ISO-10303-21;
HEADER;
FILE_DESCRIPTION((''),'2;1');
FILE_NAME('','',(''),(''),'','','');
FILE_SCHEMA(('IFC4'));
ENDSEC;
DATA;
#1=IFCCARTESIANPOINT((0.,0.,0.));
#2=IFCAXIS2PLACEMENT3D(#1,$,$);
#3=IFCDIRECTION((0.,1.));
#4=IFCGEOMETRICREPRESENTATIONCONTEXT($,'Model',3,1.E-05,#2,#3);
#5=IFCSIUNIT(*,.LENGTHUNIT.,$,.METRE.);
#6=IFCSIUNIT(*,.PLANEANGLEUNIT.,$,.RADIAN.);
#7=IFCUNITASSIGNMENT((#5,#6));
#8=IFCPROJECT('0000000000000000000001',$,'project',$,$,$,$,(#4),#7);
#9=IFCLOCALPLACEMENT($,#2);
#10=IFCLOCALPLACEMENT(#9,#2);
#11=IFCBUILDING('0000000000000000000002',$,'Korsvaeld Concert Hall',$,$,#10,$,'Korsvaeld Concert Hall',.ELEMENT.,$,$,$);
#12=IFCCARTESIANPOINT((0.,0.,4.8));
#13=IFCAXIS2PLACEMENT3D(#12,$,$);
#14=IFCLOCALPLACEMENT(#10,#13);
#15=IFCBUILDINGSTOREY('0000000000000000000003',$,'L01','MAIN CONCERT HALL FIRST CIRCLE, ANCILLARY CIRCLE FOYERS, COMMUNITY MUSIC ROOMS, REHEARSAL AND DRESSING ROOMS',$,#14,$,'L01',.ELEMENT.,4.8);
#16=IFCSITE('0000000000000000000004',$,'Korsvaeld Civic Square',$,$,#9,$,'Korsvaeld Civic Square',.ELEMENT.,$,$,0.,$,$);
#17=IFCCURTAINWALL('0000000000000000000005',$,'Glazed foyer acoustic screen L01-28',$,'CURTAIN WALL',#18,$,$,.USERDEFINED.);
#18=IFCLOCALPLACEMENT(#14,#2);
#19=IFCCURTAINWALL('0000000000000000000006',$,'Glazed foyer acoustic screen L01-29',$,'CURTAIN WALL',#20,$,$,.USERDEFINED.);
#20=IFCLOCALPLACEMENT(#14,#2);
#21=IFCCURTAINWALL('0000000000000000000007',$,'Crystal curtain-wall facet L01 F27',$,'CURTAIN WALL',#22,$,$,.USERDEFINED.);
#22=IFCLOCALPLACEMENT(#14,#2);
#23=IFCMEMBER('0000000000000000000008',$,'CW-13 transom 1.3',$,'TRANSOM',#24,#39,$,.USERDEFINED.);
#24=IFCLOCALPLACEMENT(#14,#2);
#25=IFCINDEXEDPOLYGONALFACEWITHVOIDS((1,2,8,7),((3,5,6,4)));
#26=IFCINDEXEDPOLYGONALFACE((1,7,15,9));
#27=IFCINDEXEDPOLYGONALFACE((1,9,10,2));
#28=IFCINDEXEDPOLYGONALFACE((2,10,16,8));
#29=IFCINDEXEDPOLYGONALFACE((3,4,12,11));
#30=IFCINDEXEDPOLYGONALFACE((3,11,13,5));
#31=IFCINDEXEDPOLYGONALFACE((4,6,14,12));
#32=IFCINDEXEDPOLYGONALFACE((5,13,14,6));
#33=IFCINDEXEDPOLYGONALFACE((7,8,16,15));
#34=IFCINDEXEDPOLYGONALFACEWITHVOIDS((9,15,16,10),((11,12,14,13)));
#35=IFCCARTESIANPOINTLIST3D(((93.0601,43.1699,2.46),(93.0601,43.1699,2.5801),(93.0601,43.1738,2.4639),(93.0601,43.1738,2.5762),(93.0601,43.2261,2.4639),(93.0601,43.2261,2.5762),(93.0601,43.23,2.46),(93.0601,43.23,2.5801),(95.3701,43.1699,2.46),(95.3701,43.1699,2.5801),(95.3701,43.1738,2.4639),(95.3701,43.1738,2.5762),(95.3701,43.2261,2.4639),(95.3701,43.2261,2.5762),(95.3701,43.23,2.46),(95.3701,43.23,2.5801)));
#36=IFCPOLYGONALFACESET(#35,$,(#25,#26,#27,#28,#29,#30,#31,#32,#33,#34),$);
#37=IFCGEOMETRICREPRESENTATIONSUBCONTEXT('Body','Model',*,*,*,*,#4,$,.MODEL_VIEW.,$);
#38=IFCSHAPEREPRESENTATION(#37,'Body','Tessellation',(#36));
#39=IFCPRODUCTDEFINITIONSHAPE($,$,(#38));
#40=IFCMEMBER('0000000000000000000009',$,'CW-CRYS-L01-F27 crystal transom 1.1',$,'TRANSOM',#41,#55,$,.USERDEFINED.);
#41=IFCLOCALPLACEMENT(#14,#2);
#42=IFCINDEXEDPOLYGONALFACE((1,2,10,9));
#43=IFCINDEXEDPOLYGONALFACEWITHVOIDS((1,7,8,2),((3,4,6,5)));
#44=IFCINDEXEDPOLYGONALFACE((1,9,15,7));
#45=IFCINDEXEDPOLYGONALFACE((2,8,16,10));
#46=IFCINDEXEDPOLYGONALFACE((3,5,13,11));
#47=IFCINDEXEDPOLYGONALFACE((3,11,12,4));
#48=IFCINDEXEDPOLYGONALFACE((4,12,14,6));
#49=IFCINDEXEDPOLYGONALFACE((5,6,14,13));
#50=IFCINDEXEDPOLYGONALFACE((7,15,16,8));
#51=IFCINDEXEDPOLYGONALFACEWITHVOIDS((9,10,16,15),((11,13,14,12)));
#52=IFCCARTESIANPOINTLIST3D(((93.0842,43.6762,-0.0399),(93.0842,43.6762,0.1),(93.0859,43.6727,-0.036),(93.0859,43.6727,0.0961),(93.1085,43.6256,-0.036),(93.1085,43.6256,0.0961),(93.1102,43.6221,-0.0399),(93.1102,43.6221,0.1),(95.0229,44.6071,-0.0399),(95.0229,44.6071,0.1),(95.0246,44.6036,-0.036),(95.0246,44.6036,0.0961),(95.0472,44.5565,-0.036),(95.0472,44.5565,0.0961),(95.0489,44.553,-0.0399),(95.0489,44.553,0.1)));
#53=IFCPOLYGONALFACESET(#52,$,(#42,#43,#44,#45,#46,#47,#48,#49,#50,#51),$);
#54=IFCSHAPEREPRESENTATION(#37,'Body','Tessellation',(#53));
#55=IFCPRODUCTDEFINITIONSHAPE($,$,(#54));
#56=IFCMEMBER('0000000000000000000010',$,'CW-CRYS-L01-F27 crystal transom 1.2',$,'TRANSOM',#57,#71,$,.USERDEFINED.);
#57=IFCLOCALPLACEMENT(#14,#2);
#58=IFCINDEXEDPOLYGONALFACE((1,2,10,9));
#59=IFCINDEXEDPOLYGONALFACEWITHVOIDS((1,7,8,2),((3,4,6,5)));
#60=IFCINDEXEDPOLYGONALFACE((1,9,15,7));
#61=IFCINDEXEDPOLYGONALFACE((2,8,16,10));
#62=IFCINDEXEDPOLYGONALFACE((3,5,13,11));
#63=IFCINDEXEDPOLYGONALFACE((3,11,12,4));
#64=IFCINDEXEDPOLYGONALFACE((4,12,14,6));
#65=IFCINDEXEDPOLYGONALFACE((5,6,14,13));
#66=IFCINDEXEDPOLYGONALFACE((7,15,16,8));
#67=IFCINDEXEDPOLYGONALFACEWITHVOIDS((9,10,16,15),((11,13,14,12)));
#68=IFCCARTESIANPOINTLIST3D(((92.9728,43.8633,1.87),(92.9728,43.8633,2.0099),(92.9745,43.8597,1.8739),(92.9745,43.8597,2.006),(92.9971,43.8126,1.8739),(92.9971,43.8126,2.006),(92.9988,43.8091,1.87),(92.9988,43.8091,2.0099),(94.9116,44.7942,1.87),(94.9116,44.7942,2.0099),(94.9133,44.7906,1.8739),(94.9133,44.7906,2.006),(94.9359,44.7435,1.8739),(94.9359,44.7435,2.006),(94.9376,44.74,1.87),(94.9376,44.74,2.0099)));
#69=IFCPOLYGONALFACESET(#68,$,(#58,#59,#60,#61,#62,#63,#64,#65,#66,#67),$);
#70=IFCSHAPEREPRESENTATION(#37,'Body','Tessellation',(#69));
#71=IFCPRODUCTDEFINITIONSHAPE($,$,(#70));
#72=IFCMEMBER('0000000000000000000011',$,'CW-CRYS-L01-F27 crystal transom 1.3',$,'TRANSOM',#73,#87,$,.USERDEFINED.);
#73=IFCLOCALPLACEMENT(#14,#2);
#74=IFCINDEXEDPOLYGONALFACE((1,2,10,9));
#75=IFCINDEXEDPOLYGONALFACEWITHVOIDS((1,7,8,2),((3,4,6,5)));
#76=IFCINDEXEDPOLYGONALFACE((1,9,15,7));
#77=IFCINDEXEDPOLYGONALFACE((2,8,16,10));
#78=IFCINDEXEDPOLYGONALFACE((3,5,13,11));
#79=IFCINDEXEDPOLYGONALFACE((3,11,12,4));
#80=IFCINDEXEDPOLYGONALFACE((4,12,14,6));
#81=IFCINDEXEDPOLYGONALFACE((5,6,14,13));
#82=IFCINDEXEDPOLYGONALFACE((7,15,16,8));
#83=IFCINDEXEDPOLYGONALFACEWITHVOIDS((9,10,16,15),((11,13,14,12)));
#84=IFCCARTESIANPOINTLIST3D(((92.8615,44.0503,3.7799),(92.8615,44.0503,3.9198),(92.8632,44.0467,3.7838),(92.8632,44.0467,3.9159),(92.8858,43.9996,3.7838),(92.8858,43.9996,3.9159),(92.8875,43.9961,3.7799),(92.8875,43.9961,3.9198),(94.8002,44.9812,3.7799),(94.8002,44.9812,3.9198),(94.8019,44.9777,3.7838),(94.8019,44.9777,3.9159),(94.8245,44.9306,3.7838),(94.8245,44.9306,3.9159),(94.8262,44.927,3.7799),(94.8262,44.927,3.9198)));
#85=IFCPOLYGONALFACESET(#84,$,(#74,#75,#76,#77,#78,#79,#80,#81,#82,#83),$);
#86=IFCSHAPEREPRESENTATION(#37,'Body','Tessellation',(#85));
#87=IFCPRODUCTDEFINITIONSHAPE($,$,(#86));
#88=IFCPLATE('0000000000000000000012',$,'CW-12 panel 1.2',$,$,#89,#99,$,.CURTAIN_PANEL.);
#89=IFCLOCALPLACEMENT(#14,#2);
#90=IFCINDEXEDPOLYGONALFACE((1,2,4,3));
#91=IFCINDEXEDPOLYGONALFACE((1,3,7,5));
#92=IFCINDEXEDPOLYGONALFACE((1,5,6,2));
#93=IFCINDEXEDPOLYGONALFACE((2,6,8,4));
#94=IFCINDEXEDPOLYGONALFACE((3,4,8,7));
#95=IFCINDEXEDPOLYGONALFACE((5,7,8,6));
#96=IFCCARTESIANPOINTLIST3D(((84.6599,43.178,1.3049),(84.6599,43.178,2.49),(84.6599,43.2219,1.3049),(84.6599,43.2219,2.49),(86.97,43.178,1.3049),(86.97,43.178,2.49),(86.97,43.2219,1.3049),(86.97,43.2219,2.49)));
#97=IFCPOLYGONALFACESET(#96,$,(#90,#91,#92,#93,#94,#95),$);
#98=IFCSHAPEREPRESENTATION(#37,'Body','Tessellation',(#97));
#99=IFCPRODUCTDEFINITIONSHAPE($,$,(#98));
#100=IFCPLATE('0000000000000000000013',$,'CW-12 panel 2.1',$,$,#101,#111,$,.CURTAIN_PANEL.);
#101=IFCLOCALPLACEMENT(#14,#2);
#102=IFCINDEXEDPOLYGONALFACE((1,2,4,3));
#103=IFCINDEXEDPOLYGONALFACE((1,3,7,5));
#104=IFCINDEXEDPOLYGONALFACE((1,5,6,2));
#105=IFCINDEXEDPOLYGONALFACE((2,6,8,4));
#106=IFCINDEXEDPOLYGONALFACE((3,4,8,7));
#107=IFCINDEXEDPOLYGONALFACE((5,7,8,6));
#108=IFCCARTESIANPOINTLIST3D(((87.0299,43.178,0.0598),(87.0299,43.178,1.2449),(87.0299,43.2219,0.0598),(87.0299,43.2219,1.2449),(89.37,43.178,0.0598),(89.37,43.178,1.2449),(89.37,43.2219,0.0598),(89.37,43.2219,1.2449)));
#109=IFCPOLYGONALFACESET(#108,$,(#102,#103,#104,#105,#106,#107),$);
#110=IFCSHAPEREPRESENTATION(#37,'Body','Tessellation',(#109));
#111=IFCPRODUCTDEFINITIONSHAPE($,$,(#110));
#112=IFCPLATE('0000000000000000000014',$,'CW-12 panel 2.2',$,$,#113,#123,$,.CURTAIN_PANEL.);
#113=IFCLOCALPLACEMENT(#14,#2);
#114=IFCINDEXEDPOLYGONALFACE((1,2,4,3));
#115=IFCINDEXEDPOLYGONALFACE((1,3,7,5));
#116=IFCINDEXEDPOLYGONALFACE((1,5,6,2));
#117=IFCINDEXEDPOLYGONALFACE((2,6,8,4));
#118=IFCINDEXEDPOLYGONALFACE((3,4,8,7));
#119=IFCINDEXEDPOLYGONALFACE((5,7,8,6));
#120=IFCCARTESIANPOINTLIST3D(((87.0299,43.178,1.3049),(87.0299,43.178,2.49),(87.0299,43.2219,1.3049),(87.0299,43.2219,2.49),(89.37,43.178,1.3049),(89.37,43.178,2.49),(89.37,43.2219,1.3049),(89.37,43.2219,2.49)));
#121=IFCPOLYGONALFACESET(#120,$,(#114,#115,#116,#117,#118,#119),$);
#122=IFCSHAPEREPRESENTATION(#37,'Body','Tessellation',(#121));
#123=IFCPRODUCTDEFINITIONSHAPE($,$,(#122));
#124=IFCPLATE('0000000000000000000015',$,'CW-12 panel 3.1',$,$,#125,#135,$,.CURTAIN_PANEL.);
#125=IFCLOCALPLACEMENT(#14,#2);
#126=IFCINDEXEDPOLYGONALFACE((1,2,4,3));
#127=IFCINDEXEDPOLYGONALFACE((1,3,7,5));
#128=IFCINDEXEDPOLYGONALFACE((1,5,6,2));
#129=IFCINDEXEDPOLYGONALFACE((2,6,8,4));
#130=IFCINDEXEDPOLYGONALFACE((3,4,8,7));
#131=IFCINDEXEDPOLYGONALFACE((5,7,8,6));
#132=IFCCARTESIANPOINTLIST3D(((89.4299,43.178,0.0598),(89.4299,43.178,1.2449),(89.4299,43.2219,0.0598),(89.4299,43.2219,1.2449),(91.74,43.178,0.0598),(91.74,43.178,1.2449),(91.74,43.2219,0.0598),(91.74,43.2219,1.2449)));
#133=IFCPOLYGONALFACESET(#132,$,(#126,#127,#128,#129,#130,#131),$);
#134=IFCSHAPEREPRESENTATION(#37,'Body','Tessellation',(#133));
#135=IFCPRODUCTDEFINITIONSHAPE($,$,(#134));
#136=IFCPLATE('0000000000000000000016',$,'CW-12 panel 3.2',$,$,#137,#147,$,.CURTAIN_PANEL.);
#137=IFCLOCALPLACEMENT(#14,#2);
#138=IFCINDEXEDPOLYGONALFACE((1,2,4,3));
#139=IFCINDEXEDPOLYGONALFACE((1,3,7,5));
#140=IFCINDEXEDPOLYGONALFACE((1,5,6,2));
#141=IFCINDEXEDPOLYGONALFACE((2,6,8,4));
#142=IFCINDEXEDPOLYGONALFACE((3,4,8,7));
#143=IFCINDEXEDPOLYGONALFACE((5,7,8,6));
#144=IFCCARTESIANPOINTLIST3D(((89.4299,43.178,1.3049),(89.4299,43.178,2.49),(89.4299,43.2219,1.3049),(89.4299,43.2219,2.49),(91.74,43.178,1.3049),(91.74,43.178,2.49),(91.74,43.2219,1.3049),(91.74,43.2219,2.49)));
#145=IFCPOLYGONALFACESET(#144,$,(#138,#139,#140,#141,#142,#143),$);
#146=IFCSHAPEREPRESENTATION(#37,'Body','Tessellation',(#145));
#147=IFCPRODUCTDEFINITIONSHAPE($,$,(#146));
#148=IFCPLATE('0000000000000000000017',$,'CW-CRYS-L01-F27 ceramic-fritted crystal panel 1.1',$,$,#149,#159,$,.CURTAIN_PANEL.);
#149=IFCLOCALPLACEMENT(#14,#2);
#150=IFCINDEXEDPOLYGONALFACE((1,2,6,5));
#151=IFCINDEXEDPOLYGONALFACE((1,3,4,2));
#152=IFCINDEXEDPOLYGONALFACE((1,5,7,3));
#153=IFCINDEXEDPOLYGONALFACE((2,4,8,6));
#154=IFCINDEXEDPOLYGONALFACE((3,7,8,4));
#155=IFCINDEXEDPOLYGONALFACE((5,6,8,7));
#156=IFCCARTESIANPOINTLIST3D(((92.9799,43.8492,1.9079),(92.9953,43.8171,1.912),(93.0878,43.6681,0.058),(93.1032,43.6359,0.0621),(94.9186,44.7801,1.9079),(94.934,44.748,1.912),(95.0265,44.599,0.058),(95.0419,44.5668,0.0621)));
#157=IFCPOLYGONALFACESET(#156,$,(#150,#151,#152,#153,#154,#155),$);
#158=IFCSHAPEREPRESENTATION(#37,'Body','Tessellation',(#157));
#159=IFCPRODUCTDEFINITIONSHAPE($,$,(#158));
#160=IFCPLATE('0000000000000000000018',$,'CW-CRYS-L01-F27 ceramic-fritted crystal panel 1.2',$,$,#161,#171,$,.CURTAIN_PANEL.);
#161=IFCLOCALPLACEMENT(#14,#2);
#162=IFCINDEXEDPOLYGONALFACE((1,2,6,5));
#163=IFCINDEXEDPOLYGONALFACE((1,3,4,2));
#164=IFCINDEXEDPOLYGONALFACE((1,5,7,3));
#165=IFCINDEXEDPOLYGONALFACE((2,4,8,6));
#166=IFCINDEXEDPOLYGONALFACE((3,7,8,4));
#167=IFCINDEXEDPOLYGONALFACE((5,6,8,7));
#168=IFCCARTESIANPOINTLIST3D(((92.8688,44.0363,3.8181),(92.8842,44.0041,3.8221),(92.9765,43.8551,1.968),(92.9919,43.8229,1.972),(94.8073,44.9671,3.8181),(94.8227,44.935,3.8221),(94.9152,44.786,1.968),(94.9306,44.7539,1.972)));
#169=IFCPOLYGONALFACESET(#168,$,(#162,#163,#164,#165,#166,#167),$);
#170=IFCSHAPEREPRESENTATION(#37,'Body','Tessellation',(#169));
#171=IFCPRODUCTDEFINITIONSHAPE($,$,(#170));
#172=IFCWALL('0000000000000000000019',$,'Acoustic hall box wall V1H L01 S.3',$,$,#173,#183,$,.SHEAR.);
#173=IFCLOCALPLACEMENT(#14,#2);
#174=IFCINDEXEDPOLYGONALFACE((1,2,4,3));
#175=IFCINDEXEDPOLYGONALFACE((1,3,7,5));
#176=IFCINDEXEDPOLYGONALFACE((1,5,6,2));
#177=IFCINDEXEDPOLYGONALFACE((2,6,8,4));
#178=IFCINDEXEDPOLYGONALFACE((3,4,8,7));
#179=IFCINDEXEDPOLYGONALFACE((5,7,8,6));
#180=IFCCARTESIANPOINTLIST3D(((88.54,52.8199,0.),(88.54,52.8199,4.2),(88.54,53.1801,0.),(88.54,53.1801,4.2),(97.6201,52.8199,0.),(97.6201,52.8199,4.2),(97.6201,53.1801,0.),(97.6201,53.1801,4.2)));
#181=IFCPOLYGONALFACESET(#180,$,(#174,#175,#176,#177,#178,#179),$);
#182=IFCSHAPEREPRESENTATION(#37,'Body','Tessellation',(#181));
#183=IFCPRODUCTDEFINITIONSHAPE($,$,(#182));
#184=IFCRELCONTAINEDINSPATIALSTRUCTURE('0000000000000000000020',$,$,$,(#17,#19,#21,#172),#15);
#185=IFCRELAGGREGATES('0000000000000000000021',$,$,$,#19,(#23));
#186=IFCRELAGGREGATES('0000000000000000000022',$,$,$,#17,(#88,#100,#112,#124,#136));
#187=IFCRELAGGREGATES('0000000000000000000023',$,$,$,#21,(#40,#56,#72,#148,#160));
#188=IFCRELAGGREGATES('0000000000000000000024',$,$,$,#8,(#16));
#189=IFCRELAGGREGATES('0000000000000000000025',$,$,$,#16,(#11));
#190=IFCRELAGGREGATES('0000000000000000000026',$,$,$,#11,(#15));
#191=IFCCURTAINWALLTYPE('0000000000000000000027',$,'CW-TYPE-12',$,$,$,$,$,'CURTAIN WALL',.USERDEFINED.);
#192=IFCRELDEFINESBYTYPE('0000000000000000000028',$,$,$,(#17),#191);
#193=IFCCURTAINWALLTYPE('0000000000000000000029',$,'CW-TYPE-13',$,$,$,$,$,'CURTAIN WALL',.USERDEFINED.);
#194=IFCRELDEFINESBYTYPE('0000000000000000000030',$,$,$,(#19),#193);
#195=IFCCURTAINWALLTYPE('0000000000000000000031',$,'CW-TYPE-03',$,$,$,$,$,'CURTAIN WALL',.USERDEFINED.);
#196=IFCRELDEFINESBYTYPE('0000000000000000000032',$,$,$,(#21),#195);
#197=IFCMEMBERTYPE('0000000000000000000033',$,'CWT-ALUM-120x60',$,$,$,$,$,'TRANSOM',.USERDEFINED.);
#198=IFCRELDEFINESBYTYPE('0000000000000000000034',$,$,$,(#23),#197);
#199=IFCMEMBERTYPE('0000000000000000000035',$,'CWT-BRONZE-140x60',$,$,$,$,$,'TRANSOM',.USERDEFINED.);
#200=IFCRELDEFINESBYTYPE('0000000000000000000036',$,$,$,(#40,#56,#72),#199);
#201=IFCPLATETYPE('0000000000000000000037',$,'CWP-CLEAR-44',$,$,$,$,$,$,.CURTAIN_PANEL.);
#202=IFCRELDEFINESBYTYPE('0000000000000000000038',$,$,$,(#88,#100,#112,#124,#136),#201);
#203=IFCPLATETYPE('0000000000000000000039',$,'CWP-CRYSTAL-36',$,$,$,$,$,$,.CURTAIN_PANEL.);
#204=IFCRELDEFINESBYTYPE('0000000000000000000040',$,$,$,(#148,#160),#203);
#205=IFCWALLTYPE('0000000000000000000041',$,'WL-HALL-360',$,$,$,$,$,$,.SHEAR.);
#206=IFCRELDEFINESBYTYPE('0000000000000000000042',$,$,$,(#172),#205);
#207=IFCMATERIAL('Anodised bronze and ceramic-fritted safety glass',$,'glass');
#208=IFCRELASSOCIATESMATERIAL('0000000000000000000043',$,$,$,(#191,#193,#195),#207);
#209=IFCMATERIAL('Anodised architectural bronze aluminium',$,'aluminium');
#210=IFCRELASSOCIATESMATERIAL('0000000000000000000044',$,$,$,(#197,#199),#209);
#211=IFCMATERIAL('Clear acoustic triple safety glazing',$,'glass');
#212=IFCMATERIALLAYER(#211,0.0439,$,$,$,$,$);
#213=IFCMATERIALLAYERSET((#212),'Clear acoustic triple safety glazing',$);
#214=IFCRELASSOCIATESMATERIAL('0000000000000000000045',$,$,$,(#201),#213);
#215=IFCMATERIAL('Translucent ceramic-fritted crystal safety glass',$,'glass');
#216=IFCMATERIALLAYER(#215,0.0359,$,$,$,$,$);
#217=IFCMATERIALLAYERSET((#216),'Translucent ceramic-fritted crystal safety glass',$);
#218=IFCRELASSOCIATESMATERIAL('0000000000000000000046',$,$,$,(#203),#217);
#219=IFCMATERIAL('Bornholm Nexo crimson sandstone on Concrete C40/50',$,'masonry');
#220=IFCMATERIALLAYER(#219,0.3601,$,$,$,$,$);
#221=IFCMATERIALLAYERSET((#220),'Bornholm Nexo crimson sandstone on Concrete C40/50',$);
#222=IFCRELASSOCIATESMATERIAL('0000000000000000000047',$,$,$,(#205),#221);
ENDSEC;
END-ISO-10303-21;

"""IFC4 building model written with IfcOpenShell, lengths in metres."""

from ifc_helpers import new_model, si_unit, direction, frame, frame_2d, origin, origin_2d, place, context, subcontext, project, spatial, polyline, rectangle, hollow_rectangle, outline, extrude, material, layer, layer_set, material_profile, profile_set, type_object, element, aggregate, save


model = new_model("IFC4")

# Units and contexts
model_context = context("Model", 3, precision=1e-05, world=origin(), true_north=direction((0.0, 1.0)))
body_context = subcontext(model_context, "Body", "Model", "MODEL_VIEW")
ifc_project = project(units=[si_unit("LENGTHUNIT", "METRE"), si_unit("PLANEANGLEUNIT", "RADIAN")], contexts=[model_context])

# Site, building, storey
site_placement = place(None, origin())
site = spatial("IfcSite", under=ifc_project, at=site_placement, Name="Korsvaeld Civic Square", LongName="Korsvaeld Civic Square", CompositionType="ELEMENT", RefElevation=0.0)
building_placement = place(site_placement, origin())
building = spatial("IfcBuilding", under=site, at=building_placement, Name="Korsvaeld Concert Hall", LongName="Korsvaeld Concert Hall", CompositionType="ELEMENT")
storey_placement = place(building_placement, frame((0.0, 0.0, 4.8)))
storey = spatial("IfcBuildingStorey", under=building, at=storey_placement, Name="L01", Description="MAIN CONCERT HALL FIRST CIRCLE, ANCILLARY CIRCLE FOYERS, COMMUNITY MUSIC ROOMS, REHEARSAL AND DRESSING ROOMS", LongName="L01", CompositionType="ELEMENT", Elevation=4.8)

# Curtain wall
ifc_material_1 = material(Name="Anodised bronze and ceramic-fritted safety glass", Category="glass")
curtain_wall_type_1 = type_object("IfcCurtainWallType", Name="CW-TYPE-12", ElementType="CURTAIN WALL", PredefinedType="USERDEFINED", material=ifc_material_1)
curtain_wall_1_placement = place(storey_placement, origin())
curtain_wall_1 = element("IfcCurtainWall", 1, at=curtain_wall_1_placement, inside=storey, type_object=curtain_wall_type_1, Name="Glazed foyer acoustic screen L01-28", ObjectType="CURTAIN WALL", PredefinedType="USERDEFINED")
ifc_material_2 = material(Name="Anodised architectural bronze aluminium", Category="aluminium")

# Curtain walls
curtain_wall_type_2 = type_object("IfcCurtainWallType", Name="CW-TYPE-13", ElementType="CURTAIN WALL", PredefinedType="USERDEFINED", material=ifc_material_1)
curtain_wall_2_placement = place(storey_placement, origin())
curtain_wall_2 = element("IfcCurtainWall", 2, at=curtain_wall_2_placement, inside=storey, type_object=curtain_wall_type_2, Name="Glazed foyer acoustic screen L01-29", ObjectType="CURTAIN WALL", PredefinedType="USERDEFINED")
curtain_wall_type_3 = type_object("IfcCurtainWallType", Name="CW-TYPE-03", ElementType="CURTAIN WALL", PredefinedType="USERDEFINED", material=ifc_material_1)
curtain_wall_3_placement = place(storey_placement, origin())
curtain_wall_3 = element("IfcCurtainWall", 3, at=curtain_wall_3_placement, inside=storey, type_object=curtain_wall_type_3, Name="Crystal curtain-wall facet L01 F27", ObjectType="CURTAIN WALL", PredefinedType="USERDEFINED")

# Members
ifc_material_profile_1 = material_profile(ifc_material_2, hollow_rectangle(XDim=0.0601, YDim=0.1201, WallThickness=0.0039, at=origin_2d()), Name="CWT 120x60x4")
ifc_profile_set_1 = profile_set([ifc_material_profile_1], Name="Anodised architectural bronze aluminium")
member_type_1 = type_object("IfcMemberType", Name="CWT-ALUM-120x60", ElementType="TRANSOM", PredefinedType="USERDEFINED", material=ifc_profile_set_1)
member_1_placement = place(storey_placement, frame((93.0601, 43.2, 2.52), z_axis=(1.0, 0.0, 0.0), x_axis=(0.0, 1.0, 0.0)))
member_1 = element("IfcMember", 4, at=member_1_placement, type_object=member_type_1, Name="CW-13 transom 1.3", ObjectType="TRANSOM", PredefinedType="USERDEFINED", context=body_context, shape_type="SweptSolid", body=[
    extrude(hollow_rectangle(XDim=0.0601, YDim=0.1201, WallThickness=0.0039, at=origin_2d()), origin(), (0.0, 0.0, 1.0), 2.3101),
])
aggregate(curtain_wall_2, [member_1])
ifc_material_profile_2 = material_profile(ifc_material_2, hollow_rectangle(XDim=0.0601, YDim=0.1399, WallThickness=0.0039, at=origin_2d()), Name="CWT 140x60x4")
ifc_profile_set_2 = profile_set([ifc_material_profile_2], Name="Anodised architectural bronze aluminium")
member_type_2 = type_object("IfcMemberType", Name="CWT-BRONZE-140x60", ElementType="TRANSOM", PredefinedType="USERDEFINED", material=ifc_profile_set_2)
member_2_placement = place(storey_placement, frame((93.0972, 43.6492, 0.03), z_axis=(0.901465, 0.432853, 0.0), x_axis=(-0.432853, 0.901465, 0.0)))
member_2 = element("IfcMember", 5, at=member_2_placement, type_object=member_type_2, Name="CW-CRYS-L01-F27 crystal transom 1.1", ObjectType="TRANSOM", PredefinedType="USERDEFINED", context=body_context, shape_type="SweptSolid", body=[
    extrude(hollow_rectangle(XDim=0.0601, YDim=0.1399, WallThickness=0.0039, at=origin_2d()), origin(), (0.0, 0.0, 1.0), 2.1506),
])
member_3_placement = place(storey_placement, frame((92.9858, 43.8362, 1.9399), z_axis=(0.901465, 0.432853, 0.0), x_axis=(-0.432853, 0.901465, 0.0)))
member_3 = element("IfcMember", 6, at=member_3_placement, type_object=member_type_2, Name="CW-CRYS-L01-F27 crystal transom 1.2", ObjectType="TRANSOM", PredefinedType="USERDEFINED", context=body_context, shape_type="SweptSolid", body=[
    extrude(hollow_rectangle(XDim=0.0601, YDim=0.1399, WallThickness=0.0039, at=origin_2d()), origin(), (0.0, 0.0, 1.0), 2.1506),
])
member_4_placement = place(storey_placement, frame((92.8745, 44.0232, 3.8499), z_axis=(0.901465, 0.432853, 0.0), x_axis=(-0.432853, 0.901465, 0.0)))
member_4 = element("IfcMember", 7, at=member_4_placement, type_object=member_type_2, Name="CW-CRYS-L01-F27 crystal transom 1.3", ObjectType="TRANSOM", PredefinedType="USERDEFINED", context=body_context, shape_type="SweptSolid", body=[
    extrude(hollow_rectangle(XDim=0.0601, YDim=0.1399, WallThickness=0.0039, at=origin_2d()), origin(), (0.0, 0.0, 1.0), 2.1506),
])

# Plates
ifc_material_3 = material(Name="Clear acoustic triple safety glazing", Category="glass")
ifc_layer_1 = layer(ifc_material_3, 0.0439)
ifc_layer_set_1 = layer_set([ifc_layer_1], Name="Clear acoustic triple safety glazing")
plate_type_1 = type_object("IfcPlateType", Name="CWP-CLEAR-44", PredefinedType="CURTAIN_PANEL", material=ifc_layer_set_1)
plate_1_placement = place(storey_placement, frame((85.8149, 43.2, 1.3049), z_axis=(0.0, 0.0, 1.0), x_axis=(1.0, 0.0, 0.0)))
plate_1 = element("IfcPlate", 8, at=plate_1_placement, type_object=plate_type_1, Name="CW-12 panel 1.2", PredefinedType="CURTAIN_PANEL", context=body_context, shape_type="SweptSolid", body=[
    extrude(rectangle(XDim=2.3101, YDim=0.0439, at=origin_2d()), origin(), (0.0, 0.0, 1.0), 1.1851),
])
plate_2_placement = place(storey_placement, frame((88.2, 43.2, 0.0598), z_axis=(0.0, 0.0, 1.0), x_axis=(1.0, 0.0, 0.0)))
plate_2 = element("IfcPlate", 9, at=plate_2_placement, type_object=plate_type_1, Name="CW-12 panel 2.1", PredefinedType="CURTAIN_PANEL", context=body_context, shape_type="SweptSolid", body=[
    extrude(rectangle(XDim=2.3401, YDim=0.0439, at=origin_2d()), origin(), (0.0, 0.0, 1.0), 1.1851),
])
plate_3_placement = place(storey_placement, frame((88.2, 43.2, 1.3049), z_axis=(0.0, 0.0, 1.0), x_axis=(1.0, 0.0, 0.0)))
plate_3 = element("IfcPlate", 10, at=plate_3_placement, type_object=plate_type_1, Name="CW-12 panel 2.2", PredefinedType="CURTAIN_PANEL", context=body_context, shape_type="SweptSolid", body=[
    extrude(rectangle(XDim=2.3401, YDim=0.0439, at=origin_2d()), origin(), (0.0, 0.0, 1.0), 1.1851),
])
plate_4_placement = place(storey_placement, frame((90.585, 43.2, 0.0598), z_axis=(0.0, 0.0, 1.0), x_axis=(1.0, 0.0, 0.0)))
plate_4 = element("IfcPlate", 11, at=plate_4_placement, type_object=plate_type_1, Name="CW-12 panel 3.1", PredefinedType="CURTAIN_PANEL", context=body_context, shape_type="SweptSolid", body=[
    extrude(rectangle(XDim=2.3101, YDim=0.0439, at=origin_2d()), origin(), (0.0, 0.0, 1.0), 1.1851),
])
plate_5_placement = place(storey_placement, frame((90.585, 43.2, 1.3049), z_axis=(0.0, 0.0, 1.0), x_axis=(1.0, 0.0, 0.0)))
plate_5 = element("IfcPlate", 12, at=plate_5_placement, type_object=plate_type_1, Name="CW-12 panel 3.2", PredefinedType="CURTAIN_PANEL", context=body_context, shape_type="SweptSolid", body=[
    extrude(rectangle(XDim=2.3101, YDim=0.0439, at=origin_2d()), origin(), (0.0, 0.0, 1.0), 1.1851),
])
aggregate(curtain_wall_1, [plate_1, plate_2, plate_3, plate_4, plate_5])
ifc_material_4 = material(Name="Translucent ceramic-fritted crystal safety glass", Category="glass")
ifc_layer_2 = layer(ifc_material_4, 0.0359)
ifc_layer_set_2 = layer_set([ifc_layer_2], Name="Translucent ceramic-fritted crystal safety glass")
plate_type_2 = type_object("IfcPlateType", Name="CWP-CRYSTAL-36", PredefinedType="CURTAIN_PANEL", material=ifc_layer_set_2)
plate_6_placement = place(storey_placement, frame((93.0955, 43.6521, 0.0601), z_axis=(0.43009, -0.895711, 0.112804), x_axis=(0.901465, 0.432853, 0.0)))
plate_6 = element("IfcPlate", 13, at=plate_6_placement, type_object=plate_type_2, Name="CW-CRYS-L01-F27 ceramic-fritted crystal panel 1.1", PredefinedType="CURTAIN_PANEL", context=body_context, shape_type="SweptSolid", body=[
    extrude(outline(polyline([(0.0, 0.0), (2.1506, 0.0), (2.1318, 1.8617), (-0.0189, 1.8617), (0.0, 0.0)])), frame((0.0, 0.0, 0.0181)), (0.0, 0.0, -1.0), 0.0359),
])
plate_7_placement = place(storey_placement, frame((92.9841, 43.8391, 1.97), z_axis=(0.430114, -0.895705, 0.112762), x_axis=(0.901454, 0.432875, -0.000003)))
plate_7 = element("IfcPlate", 14, at=plate_7_placement, type_object=plate_type_2, Name="CW-CRYS-L01-F27 ceramic-fritted crystal panel 1.2", PredefinedType="CURTAIN_PANEL", context=body_context, shape_type="SweptSolid", body=[
    extrude(outline(polyline([(0.0, 0.0), (2.1506, 0.0), (2.1318, 1.862), (-0.0186, 1.862), (0.0, 0.0)])), frame((0.0, 0.0, 0.0181)), (0.0, 0.0, -1.0), 0.0359),
])
aggregate(curtain_wall_3, [member_2, member_3, member_4, plate_6, plate_7])

# Wall
ifc_material_5 = material(Name="Bornholm Nexo crimson sandstone on Concrete C40/50", Category="masonry")
ifc_layer_3 = layer(ifc_material_5, 0.3601)
ifc_layer_set_3 = layer_set([ifc_layer_3], Name="Bornholm Nexo crimson sandstone on Concrete C40/50")
wall_type = type_object("IfcWallType", Name="WL-HALL-360", PredefinedType="SHEAR", material=ifc_layer_set_3)
wall_placement = place(storey_placement, frame((88.54, 53.0, 0.0), z_axis=(0.0, 0.0, 1.0), x_axis=(1.0, 0.0, 0.0)))
element("IfcWall", 15, at=wall_placement, inside=storey, type_object=wall_type, Name="Acoustic hall box wall V1H L01 S.3", PredefinedType="SHEAR", context=body_context, shape_type="SweptSolid", body=[
    extrude(rectangle(XDim=9.0801, YDim=0.3601, at=frame_2d((4.54, 0.0))), origin(), (0.0, 0.0, 1.0), 4.2),
])

save(model, "model.ifc")
